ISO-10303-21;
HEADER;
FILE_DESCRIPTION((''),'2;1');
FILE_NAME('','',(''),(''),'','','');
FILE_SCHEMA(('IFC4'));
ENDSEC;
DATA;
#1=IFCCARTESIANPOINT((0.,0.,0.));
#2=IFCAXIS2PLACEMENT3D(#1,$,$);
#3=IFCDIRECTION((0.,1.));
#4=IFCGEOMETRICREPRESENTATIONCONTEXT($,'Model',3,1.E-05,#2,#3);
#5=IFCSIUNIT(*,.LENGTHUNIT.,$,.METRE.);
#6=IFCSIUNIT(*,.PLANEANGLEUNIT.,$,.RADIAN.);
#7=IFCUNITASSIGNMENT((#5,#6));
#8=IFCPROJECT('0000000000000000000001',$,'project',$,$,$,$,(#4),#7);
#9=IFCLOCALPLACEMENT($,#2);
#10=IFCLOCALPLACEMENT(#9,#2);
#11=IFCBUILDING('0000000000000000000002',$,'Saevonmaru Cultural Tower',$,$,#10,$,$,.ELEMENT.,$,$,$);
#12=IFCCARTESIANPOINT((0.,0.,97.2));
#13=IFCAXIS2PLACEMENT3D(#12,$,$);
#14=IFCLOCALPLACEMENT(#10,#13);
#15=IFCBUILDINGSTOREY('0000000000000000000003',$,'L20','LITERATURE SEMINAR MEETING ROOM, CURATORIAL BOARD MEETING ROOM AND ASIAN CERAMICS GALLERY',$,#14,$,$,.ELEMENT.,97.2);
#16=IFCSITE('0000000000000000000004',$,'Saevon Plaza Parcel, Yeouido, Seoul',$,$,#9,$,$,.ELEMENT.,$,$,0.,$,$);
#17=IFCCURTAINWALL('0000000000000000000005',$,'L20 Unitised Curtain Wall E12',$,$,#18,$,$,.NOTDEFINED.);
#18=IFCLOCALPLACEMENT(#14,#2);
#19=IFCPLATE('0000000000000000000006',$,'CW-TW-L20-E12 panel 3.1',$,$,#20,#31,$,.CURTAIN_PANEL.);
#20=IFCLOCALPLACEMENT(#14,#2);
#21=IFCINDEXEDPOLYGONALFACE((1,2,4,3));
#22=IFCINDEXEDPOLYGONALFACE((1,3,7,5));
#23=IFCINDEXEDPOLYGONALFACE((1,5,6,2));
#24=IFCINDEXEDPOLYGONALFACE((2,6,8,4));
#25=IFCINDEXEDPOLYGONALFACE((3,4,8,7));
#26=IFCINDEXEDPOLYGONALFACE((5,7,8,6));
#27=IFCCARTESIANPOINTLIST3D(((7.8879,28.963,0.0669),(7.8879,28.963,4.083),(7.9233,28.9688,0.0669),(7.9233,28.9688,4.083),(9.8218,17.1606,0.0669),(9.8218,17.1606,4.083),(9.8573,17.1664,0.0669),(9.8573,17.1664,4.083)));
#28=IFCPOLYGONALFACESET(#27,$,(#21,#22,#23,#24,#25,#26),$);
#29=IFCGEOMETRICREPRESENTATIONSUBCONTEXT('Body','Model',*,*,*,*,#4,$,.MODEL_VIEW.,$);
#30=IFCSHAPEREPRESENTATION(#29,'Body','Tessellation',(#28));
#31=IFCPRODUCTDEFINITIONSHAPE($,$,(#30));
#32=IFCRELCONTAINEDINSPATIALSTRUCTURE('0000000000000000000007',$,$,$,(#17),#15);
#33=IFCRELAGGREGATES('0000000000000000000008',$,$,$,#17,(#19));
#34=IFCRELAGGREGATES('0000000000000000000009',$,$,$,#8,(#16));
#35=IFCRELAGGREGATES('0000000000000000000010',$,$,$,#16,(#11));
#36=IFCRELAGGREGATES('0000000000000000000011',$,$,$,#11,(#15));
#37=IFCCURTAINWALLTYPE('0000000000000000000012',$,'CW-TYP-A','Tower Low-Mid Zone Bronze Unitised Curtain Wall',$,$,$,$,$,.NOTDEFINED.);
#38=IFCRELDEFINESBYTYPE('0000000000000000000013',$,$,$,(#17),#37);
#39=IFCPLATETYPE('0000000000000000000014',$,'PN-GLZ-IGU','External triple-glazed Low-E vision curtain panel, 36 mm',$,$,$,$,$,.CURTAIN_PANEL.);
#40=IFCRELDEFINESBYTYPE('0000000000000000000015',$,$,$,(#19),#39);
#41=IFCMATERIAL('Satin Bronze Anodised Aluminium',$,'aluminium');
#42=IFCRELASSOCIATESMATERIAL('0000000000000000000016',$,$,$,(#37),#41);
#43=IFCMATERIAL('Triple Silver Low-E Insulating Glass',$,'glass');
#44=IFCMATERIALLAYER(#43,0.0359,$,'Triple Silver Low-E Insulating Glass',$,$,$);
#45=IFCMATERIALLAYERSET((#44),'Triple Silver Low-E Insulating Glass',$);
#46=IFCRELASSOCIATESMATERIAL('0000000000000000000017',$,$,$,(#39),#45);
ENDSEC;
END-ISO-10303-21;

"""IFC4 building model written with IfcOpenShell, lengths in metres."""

from ifc_helpers import new_model, si_unit, direction, frame, origin, origin_2d, place, context, subcontext, project, spatial, rectangle, extrude, material, layer, layer_set, type_object, element, aggregate, save


model = new_model("IFC4")

# Units and contexts
model_context = context("Model", 3, precision=1e-05, world=origin(), true_north=direction((0.0, 1.0)))
body_context = subcontext(model_context, "Body", "Model", "MODEL_VIEW")
ifc_project = project(units=[si_unit("LENGTHUNIT", "METRE"), si_unit("PLANEANGLEUNIT", "RADIAN")], contexts=[model_context])

# Site, building, storey
site_placement = place(None, origin())
site = spatial("IfcSite", under=ifc_project, at=site_placement, Name="Saevon Plaza Parcel, Yeouido, Seoul", CompositionType="ELEMENT", RefElevation=0.0)
building_placement = place(site_placement, origin())
building = spatial("IfcBuilding", under=site, at=building_placement, Name="Saevonmaru Cultural Tower", CompositionType="ELEMENT")
storey_placement = place(building_placement, frame((0.0, 0.0, 97.2)))
storey = spatial("IfcBuildingStorey", under=building, at=storey_placement, Name="L20", Description="LITERATURE SEMINAR MEETING ROOM, CURATORIAL BOARD MEETING ROOM AND ASIAN CERAMICS GALLERY", CompositionType="ELEMENT", Elevation=97.2)

# Curtain wall
ifc_material_1 = material(Name="Satin Bronze Anodised Aluminium", Category="aluminium")
curtain_wall_type_1 = type_object("IfcCurtainWallType", Name="CW-TYP-A", Description="Tower Low-Mid Zone Bronze Unitised Curtain Wall", PredefinedType="NOTDEFINED", material=ifc_material_1)
curtain_wall_1_placement = place(storey_placement, origin())
curtain_wall_1 = element("IfcCurtainWall", 1, at=curtain_wall_1_placement, inside=storey, type_object=curtain_wall_type_1, Name="L20 Unitised Curtain Wall E12", PredefinedType="NOTDEFINED")

# Plate
ifc_material_2 = material(Name="Triple Silver Low-E Insulating Glass", Category="glass")
ifc_layer_1 = layer(ifc_material_2, 0.0359, Name="Triple Silver Low-E Insulating Glass")
ifc_layer_set_1 = layer_set([ifc_layer_1], Name="Triple Silver Low-E Insulating Glass")
plate_type_1 = type_object("IfcPlateType", Name="PN-GLZ-IGU", Description="External triple-glazed Low-E vision curtain panel, 36 mm", PredefinedType="CURTAIN_PANEL", material=ifc_layer_set_1)
plate_1_placement = place(storey_placement, frame((8.8726, 23.0647, 0.0669), z_axis=(0.0, 0.0, 1.0), x_axis=(0.161709, -0.986839, 0.0)))
plate_1 = element("IfcPlate", 2, at=plate_1_placement, type_object=plate_type_1, Name="CW-TW-L20-E12 panel 3.1", PredefinedType="CURTAIN_PANEL", context=body_context, shape_type="SweptSolid", body=[
    extrude(rectangle(XDim=11.9597, YDim=0.0359, at=origin_2d()), origin(), (0.0, 0.0, 1.0), 4.0161),
])
aggregate(curtain_wall_1, [plate_1])

save(model, "model.ifc")
